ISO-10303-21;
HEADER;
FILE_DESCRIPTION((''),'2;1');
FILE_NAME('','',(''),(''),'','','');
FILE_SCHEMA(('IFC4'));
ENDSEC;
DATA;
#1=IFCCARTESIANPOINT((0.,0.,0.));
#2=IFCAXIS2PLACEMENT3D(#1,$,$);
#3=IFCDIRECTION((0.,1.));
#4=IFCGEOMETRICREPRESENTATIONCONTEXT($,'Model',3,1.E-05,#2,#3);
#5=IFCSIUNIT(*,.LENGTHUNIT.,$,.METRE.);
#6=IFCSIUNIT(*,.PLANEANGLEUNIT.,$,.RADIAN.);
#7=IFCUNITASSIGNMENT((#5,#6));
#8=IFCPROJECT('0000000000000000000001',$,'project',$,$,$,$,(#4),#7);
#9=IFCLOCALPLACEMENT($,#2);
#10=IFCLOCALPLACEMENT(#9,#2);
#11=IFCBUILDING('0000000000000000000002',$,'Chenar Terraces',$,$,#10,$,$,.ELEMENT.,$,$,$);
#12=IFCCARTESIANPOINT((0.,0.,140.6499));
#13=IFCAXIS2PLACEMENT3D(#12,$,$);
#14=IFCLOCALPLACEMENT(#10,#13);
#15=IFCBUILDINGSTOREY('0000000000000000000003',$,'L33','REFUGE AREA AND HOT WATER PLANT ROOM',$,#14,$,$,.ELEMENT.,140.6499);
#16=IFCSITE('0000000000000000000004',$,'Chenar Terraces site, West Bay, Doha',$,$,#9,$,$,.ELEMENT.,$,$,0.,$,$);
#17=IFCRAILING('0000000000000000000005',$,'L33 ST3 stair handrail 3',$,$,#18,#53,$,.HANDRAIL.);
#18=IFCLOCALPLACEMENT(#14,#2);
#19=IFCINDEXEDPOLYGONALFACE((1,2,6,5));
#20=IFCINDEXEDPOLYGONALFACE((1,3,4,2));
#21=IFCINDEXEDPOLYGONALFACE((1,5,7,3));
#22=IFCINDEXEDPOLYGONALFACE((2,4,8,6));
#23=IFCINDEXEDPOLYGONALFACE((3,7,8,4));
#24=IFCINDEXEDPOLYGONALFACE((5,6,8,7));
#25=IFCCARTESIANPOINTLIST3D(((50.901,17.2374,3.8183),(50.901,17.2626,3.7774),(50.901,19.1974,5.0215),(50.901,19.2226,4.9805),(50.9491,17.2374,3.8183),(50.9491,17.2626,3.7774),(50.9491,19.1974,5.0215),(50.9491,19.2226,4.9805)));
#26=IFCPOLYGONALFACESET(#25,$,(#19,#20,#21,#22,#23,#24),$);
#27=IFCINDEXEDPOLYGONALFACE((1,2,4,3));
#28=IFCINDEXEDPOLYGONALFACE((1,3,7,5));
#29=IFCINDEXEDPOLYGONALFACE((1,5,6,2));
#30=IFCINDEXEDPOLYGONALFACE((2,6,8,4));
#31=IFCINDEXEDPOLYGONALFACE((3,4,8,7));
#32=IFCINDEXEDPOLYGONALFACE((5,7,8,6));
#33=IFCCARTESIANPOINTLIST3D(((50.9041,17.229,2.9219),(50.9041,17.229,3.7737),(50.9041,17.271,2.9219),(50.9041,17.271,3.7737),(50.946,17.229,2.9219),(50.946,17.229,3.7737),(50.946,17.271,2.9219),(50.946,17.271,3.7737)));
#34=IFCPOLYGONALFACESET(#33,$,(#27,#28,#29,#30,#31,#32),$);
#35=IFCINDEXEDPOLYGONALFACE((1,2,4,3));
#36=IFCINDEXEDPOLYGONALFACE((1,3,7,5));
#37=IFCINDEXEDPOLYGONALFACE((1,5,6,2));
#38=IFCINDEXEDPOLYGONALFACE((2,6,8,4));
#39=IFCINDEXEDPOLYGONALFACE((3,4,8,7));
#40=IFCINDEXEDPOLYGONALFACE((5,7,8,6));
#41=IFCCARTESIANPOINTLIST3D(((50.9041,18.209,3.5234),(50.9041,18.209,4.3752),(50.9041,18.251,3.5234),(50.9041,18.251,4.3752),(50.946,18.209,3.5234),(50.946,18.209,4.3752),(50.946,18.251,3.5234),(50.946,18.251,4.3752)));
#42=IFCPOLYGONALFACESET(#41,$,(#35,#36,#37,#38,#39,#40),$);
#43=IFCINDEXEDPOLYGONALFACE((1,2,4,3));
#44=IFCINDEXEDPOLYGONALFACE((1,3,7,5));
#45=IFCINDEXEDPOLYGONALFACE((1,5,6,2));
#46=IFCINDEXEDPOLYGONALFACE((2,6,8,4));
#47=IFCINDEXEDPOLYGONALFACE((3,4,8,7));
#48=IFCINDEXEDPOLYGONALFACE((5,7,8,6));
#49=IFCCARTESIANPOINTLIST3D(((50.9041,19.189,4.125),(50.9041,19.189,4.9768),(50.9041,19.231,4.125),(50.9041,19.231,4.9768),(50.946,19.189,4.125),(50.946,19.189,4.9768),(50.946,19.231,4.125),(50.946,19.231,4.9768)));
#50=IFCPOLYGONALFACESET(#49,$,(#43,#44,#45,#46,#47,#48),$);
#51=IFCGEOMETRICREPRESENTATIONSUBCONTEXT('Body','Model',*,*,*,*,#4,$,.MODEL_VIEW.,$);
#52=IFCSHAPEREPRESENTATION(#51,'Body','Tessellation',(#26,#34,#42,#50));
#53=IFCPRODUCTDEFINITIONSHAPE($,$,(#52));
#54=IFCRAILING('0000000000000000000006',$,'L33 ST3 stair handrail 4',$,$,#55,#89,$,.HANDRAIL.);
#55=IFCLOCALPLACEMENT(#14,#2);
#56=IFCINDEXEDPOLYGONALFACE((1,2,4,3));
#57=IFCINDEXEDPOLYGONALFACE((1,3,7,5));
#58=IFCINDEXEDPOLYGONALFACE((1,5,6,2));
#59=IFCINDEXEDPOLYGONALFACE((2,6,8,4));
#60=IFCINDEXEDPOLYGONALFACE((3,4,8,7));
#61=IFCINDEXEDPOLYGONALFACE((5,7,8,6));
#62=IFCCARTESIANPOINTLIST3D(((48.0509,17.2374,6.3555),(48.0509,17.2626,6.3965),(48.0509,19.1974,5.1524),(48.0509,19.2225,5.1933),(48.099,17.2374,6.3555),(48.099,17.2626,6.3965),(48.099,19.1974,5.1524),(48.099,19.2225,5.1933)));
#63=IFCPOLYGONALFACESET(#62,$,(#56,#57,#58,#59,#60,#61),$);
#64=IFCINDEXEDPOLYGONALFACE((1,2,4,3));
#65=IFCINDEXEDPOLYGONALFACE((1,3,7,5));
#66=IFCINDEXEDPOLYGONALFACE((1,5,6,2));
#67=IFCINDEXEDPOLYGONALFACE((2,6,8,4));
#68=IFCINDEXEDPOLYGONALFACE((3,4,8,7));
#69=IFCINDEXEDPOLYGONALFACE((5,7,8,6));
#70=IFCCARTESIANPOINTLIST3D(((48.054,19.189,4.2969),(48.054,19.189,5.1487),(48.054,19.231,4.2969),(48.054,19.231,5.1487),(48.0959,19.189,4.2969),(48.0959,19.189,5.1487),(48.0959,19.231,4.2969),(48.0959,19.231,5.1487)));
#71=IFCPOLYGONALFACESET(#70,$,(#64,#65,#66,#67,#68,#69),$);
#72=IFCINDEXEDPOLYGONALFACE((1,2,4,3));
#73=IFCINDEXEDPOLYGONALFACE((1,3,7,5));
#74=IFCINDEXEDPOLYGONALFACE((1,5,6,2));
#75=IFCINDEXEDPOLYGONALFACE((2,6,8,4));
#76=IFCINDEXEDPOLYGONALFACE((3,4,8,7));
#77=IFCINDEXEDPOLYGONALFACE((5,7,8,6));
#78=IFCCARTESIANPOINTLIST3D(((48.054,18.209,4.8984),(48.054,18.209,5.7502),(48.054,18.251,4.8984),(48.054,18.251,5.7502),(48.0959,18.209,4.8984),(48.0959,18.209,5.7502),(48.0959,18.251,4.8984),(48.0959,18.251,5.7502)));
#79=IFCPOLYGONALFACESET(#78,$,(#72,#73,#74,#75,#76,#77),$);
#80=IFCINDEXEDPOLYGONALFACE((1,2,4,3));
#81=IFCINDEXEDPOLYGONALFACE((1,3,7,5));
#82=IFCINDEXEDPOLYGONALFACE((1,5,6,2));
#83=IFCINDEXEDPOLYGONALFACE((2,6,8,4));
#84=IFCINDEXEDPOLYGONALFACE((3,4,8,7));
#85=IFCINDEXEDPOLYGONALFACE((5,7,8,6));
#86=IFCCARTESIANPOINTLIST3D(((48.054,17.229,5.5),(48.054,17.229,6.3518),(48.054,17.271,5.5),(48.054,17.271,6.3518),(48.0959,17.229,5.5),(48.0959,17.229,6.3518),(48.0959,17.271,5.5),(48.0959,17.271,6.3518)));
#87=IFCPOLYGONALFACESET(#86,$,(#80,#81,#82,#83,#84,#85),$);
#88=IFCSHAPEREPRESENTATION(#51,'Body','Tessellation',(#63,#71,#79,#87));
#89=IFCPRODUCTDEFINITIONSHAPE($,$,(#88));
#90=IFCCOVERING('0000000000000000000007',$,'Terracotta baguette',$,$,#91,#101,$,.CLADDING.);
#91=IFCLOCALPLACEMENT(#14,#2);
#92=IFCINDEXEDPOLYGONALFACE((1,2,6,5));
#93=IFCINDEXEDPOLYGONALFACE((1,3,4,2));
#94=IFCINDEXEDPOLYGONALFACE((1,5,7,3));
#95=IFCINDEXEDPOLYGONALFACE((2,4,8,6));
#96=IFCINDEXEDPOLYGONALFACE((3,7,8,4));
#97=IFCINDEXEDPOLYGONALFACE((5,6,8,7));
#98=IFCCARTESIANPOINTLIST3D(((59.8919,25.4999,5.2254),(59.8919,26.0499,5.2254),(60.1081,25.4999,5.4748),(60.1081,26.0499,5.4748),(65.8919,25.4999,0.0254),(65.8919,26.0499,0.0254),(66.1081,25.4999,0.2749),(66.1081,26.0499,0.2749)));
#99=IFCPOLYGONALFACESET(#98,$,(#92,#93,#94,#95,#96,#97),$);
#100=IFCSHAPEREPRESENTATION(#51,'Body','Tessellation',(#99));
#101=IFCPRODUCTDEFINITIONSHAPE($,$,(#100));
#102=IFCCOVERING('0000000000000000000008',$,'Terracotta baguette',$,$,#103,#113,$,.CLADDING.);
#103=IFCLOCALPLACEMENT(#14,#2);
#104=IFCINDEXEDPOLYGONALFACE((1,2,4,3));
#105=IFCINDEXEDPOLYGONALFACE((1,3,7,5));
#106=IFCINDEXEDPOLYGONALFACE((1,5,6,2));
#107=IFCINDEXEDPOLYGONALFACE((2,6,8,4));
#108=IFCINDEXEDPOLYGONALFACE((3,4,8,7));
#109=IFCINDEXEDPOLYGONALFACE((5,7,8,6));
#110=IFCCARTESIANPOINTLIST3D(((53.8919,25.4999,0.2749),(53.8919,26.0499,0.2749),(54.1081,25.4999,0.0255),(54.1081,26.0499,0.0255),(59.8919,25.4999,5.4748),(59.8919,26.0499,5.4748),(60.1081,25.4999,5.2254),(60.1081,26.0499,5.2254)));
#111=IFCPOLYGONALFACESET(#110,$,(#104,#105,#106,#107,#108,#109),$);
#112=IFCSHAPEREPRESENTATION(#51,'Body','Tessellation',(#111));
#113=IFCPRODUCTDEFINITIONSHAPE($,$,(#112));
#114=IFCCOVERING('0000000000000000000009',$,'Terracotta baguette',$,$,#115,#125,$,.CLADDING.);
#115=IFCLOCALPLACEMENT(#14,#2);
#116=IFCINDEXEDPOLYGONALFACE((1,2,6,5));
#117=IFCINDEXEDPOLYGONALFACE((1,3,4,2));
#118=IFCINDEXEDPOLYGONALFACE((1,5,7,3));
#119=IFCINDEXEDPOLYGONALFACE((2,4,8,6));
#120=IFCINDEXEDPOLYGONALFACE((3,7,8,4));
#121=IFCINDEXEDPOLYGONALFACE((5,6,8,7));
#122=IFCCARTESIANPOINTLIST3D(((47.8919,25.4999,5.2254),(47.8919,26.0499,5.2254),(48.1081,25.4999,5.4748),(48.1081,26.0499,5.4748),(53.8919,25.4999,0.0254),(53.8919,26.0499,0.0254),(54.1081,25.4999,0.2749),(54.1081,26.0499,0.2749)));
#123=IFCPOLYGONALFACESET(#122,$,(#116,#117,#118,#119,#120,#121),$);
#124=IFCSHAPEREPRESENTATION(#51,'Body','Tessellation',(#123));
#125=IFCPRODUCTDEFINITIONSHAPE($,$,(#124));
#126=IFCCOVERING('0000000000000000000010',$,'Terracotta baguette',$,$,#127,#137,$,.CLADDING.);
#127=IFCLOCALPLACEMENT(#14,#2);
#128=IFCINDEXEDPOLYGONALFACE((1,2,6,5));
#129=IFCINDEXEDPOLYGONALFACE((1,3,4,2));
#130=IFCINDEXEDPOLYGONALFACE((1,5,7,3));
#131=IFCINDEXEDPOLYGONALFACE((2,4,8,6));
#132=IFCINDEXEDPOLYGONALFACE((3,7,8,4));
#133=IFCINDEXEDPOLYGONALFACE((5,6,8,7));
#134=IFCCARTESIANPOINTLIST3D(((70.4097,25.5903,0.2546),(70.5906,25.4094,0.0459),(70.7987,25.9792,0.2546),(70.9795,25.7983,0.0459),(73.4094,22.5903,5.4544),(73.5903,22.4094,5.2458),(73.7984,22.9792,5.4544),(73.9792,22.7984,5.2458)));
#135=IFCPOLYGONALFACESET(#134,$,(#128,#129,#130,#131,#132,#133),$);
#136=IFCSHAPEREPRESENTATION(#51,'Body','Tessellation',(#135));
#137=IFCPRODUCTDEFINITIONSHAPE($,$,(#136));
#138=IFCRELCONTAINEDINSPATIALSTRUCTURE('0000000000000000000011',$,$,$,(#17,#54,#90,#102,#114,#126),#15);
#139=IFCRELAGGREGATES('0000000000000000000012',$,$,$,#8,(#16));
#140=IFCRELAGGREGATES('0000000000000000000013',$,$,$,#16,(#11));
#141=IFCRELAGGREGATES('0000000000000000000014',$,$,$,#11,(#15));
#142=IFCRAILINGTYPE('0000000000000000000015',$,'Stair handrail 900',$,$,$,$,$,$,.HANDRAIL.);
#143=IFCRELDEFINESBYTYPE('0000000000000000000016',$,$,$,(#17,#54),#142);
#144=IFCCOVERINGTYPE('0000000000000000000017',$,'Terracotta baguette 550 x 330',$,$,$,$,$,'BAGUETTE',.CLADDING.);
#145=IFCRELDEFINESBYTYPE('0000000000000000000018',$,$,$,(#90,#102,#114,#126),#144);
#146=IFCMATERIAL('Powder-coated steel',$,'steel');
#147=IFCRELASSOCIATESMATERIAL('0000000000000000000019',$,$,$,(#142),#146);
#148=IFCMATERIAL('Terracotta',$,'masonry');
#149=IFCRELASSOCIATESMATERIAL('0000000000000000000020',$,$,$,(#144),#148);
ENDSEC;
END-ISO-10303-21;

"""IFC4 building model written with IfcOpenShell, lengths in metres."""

from ifc_helpers import new_model, si_unit, direction, frame, origin, origin_2d, place, context, subcontext, project, spatial, rectangle, extrude, material, material_profile, profile_set, type_object, element, save


model = new_model("IFC4")

# Units and contexts
model_context = context("Model", 3, precision=1e-05, world=origin(), true_north=direction((0.0, 1.0)))
body_context = subcontext(model_context, "Body", "Model", "MODEL_VIEW")
ifc_project = project(units=[si_unit("LENGTHUNIT", "METRE"), si_unit("PLANEANGLEUNIT", "RADIAN")], contexts=[model_context])

# Site, building, storey
site_placement = place(None, origin())
site = spatial("IfcSite", under=ifc_project, at=site_placement, Name="Chenar Terraces site, West Bay, Doha", CompositionType="ELEMENT", RefElevation=0.0)
building_placement = place(site_placement, origin())
building = spatial("IfcBuilding", under=site, at=building_placement, Name="Chenar Terraces", CompositionType="ELEMENT")
storey_placement = place(building_placement, frame((0.0, 0.0, 140.6499)))
storey = spatial("IfcBuildingStorey", under=building, at=storey_placement, Name="L33", Description="REFUGE AREA AND HOT WATER PLANT ROOM", CompositionType="ELEMENT", Elevation=140.6499)

# Railings
ifc_material_1 = material(Name="Powder-coated steel", Category="steel")
railing_type_1 = type_object("IfcRailingType", Name="Stair handrail 900", PredefinedType="HANDRAIL", material=ifc_material_1)
railing_1_placement = place(storey_placement, frame((50.925, 17.25, 2.9219)))
element("IfcRailing", 1, at=railing_1_placement, inside=storey, type_object=railing_type_1, Name="L33 ST3 stair handrail 3", PredefinedType="HANDRAIL", context=body_context, shape_type="SweptSolid", body=[
    extrude(rectangle(XDim=0.0481, YDim=0.0481, at=origin_2d()), frame((0.0, 0.0, 0.876), z_axis=(0.0, 0.852241, 0.523149), x_axis=(-1.0, 0.0, 0.0)), (0.0, 0.0, 1.0), 2.2998),
    extrude(rectangle(XDim=0.042, YDim=0.042, at=origin_2d()), origin(), (0.0, 0.0, 1.0), 0.8518),
    extrude(rectangle(XDim=0.042, YDim=0.042, at=origin_2d()), frame((0.0, 0.98, 0.6016)), (0.0, 0.0, 1.0), 0.8518),
    extrude(rectangle(XDim=0.042, YDim=0.042, at=origin_2d()), frame((0.0, 1.96, 1.2031)), (0.0, 0.0, 1.0), 0.8518),
])
railing_2_placement = place(storey_placement, frame((48.075, 19.21, 4.2969)))
element("IfcRailing", 2, at=railing_2_placement, inside=storey, type_object=railing_type_1, Name="L33 ST3 stair handrail 4", PredefinedType="HANDRAIL", context=body_context, shape_type="SweptSolid", body=[
    extrude(rectangle(XDim=0.0481, YDim=0.0481, at=origin_2d()), frame((0.0, 0.0, 0.876), z_axis=(0.0, -0.852241, 0.523149), x_axis=(1.0, 0.0, 0.0)), (0.0, 0.0, 1.0), 2.2998),
    extrude(rectangle(XDim=0.042, YDim=0.042, at=origin_2d()), origin(), (0.0, 0.0, 1.0), 0.8518),
    extrude(rectangle(XDim=0.042, YDim=0.042, at=origin_2d()), frame((0.0, -0.98, 0.6016)), (0.0, 0.0, 1.0), 0.8518),
    extrude(rectangle(XDim=0.042, YDim=0.042, at=origin_2d()), frame((0.0, -1.96, 1.2031)), (0.0, 0.0, 1.0), 0.8518),
])

# Coverings
ifc_material_2 = material(Name="Terracotta", Category="masonry")
ifc_material_profile_1 = material_profile(ifc_material_2, rectangle(XDim=0.55, YDim=0.3301, at=origin_2d()), Name="Terracotta baguette 550 x 330")
ifc_profile_set_1 = profile_set([ifc_material_profile_1], Name="Terracotta")
covering_type = type_object("IfcCoveringType", Name="Terracotta baguette 550 x 330", ElementType="BAGUETTE", PredefinedType="CLADDING", material=ifc_profile_set_1)
for number, where, z_axis, x_axis, name in (
    (3, (66.0, 25.7749, 0.1501), (-0.755692, 0.0, 0.654927), (0.0, -1.0, 0.0), "Terracotta baguette"),
    (4, (60.0, 25.7749, 5.3501), (-0.755692, 0.0, -0.654927), (0.0, -1.0, 0.0), "Terracotta baguette"),
    (5, (54.0, 25.7749, 0.1501), (-0.755692, 0.0, 0.654927), (0.0, -1.0, 0.0), "Terracotta baguette"),
):
    element("IfcCovering", number, at=place(storey_placement, frame(where, z_axis=z_axis, x_axis=x_axis)), inside=storey, type_object=covering_type, Name=name, PredefinedType="CLADDING", context=body_context, shape_type="SweptSolid", body=[
        extrude(rectangle(XDim=0.55, YDim=0.3301, at=origin_2d()), origin(), (0.0, 0.0, 1.0), 7.9397),
    ])
covering_placement = place(storey_placement, frame((73.6943, 22.6943, 5.3501), z_axis=(-0.446988, 0.447025, -0.774836), x_axis=(-0.707136, -0.707078, 0.0)))
element("IfcCovering", 6, at=covering_placement, inside=storey, type_object=covering_type, Name="Terracotta baguette", PredefinedType="CLADDING", context=body_context, shape_type="SweptSolid", body=[
    extrude(rectangle(XDim=0.55, YDim=0.3301, at=origin_2d()), origin(), (0.0, 0.0, 1.0), 6.7109),
])

save(model, "model.ifc")
